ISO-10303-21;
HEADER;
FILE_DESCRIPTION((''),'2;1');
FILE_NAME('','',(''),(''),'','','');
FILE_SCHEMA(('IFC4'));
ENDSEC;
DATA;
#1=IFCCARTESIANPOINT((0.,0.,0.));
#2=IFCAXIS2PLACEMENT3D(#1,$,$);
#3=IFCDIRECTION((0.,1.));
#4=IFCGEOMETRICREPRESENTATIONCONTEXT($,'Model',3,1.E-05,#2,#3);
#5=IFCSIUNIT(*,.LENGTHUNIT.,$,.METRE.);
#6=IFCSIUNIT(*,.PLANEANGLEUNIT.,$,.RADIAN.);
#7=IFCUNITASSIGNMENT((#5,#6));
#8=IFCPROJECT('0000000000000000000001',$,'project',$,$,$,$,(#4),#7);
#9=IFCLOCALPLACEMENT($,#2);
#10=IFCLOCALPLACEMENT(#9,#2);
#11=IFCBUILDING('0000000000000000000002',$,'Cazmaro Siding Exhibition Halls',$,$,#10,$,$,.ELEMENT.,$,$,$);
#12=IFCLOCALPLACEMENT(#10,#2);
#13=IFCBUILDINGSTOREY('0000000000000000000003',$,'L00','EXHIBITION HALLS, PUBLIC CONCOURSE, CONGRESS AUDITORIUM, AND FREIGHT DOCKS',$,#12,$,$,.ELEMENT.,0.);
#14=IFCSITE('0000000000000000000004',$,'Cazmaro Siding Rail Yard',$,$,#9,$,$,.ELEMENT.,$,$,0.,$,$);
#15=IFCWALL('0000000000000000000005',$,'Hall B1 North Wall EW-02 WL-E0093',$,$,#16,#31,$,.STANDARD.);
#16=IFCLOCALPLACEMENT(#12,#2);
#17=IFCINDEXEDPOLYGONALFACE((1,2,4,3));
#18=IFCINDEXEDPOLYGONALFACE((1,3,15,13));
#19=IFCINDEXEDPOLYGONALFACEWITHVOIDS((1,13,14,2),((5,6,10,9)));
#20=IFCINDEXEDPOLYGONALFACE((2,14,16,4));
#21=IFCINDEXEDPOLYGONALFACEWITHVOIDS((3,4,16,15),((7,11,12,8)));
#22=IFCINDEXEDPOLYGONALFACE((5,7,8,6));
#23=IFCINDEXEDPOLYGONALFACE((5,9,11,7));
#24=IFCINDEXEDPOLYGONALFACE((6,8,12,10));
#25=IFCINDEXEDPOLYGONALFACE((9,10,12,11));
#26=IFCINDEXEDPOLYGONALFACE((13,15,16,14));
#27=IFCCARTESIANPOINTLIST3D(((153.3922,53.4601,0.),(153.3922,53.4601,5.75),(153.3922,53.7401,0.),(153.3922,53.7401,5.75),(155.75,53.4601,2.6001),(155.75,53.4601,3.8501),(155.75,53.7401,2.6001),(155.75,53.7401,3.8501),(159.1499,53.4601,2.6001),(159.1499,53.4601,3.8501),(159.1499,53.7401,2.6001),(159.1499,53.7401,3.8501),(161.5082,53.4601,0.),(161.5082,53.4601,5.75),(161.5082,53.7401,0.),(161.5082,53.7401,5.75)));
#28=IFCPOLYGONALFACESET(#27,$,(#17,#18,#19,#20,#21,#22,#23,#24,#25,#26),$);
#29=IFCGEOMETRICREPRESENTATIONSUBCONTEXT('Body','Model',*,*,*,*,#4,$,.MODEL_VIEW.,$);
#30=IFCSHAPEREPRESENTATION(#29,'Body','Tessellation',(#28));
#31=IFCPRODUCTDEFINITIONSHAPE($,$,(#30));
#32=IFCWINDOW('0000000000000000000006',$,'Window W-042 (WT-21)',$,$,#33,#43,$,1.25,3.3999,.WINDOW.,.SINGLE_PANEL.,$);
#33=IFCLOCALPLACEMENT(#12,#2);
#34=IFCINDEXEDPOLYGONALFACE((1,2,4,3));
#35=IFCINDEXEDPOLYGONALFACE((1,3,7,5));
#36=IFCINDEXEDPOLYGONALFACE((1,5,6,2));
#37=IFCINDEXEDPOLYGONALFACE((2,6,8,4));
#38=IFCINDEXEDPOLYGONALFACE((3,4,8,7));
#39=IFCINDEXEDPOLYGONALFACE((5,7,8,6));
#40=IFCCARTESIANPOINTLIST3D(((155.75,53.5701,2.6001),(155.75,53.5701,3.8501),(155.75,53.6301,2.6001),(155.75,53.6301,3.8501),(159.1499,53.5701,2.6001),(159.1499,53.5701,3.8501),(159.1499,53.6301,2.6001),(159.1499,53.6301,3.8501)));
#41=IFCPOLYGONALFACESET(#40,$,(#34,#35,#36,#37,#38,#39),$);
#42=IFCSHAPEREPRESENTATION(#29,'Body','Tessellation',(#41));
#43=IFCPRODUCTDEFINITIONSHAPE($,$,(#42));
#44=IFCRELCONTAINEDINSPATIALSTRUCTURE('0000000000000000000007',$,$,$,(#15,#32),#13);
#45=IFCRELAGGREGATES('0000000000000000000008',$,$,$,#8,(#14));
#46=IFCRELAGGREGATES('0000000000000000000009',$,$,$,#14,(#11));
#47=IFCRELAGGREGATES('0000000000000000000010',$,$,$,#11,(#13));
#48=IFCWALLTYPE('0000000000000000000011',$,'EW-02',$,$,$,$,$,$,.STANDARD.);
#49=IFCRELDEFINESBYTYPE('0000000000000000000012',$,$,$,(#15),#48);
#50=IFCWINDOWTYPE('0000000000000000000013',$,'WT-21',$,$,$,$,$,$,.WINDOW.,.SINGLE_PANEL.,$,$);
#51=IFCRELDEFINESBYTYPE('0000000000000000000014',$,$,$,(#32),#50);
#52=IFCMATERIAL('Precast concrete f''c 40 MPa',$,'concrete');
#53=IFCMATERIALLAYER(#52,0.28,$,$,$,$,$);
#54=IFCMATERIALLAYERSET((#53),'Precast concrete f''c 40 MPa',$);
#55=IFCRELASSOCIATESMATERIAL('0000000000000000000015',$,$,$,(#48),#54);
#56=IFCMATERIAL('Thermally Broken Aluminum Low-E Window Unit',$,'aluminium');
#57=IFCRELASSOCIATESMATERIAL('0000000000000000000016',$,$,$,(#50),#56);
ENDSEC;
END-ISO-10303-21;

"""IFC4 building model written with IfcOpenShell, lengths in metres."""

from ifc_helpers import new_model, si_unit, direction, frame, frame_2d, origin, place, context, subcontext, project, spatial, rectangle, extrude, material, layer, layer_set, type_object, element, fill, save


model = new_model("IFC4")

# Units and contexts
model_context = context("Model", 3, precision=1e-05, world=origin(), true_north=direction((0.0, 1.0)))
body_context = subcontext(model_context, "Body", "Model", "MODEL_VIEW")
ifc_project = project(units=[si_unit("LENGTHUNIT", "METRE"), si_unit("PLANEANGLEUNIT", "RADIAN")], contexts=[model_context])

# Site, building, storey
site_placement = place(None, origin())
site = spatial("IfcSite", under=ifc_project, at=site_placement, Name="Cazmaro Siding Rail Yard", CompositionType="ELEMENT", RefElevation=0.0)
building_placement = place(site_placement, origin())
building = spatial("IfcBuilding", under=site, at=building_placement, Name="Cazmaro Siding Exhibition Halls", CompositionType="ELEMENT")
storey_placement = place(building_placement, origin())
storey = spatial("IfcBuildingStorey", under=building, at=storey_placement, Name="L00", Description="EXHIBITION HALLS, PUBLIC CONCOURSE, CONGRESS AUDITORIUM, AND FREIGHT DOCKS", CompositionType="ELEMENT", Elevation=0.0)

# Wall, opening, window
ifc_material_1 = material(Name="Precast concrete f'c 40 MPa", Category="concrete")
ifc_layer_1 = layer(ifc_material_1, 0.28)
ifc_layer_set_1 = layer_set([ifc_layer_1], Name="Precast concrete f'c 40 MPa")
wall_type = type_object("IfcWallType", Name="EW-02", PredefinedType="STANDARD", material=ifc_layer_set_1)
wall_placement = place(storey_placement, frame((153.3921, 53.6001, 0.0), z_axis=(0.0, 0.0, 1.0), x_axis=(1.0, 0.0, 0.0)))
wall = element("IfcWall", 1, at=wall_placement, inside=storey, type_object=wall_type, Name="Hall B1 North Wall EW-02 WL-E0093", PredefinedType="STANDARD", context=body_context, shape_type="SweptSolid", body=[
    extrude(rectangle(XDim=8.116, YDim=0.28, at=frame_2d((4.0581, 0.0))), origin(), (0.0, 0.0, 1.0), 5.75),
])
opening_placement = place(wall_placement, frame((2.3579, 0.0, 2.6001)))
opening = element("IfcOpeningElement", 2, at=opening_placement, cuts=wall, PredefinedType="OPENING", context=body_context, shape_type="SweptSolid", body=[
    extrude(rectangle(XDim=3.3999, YDim=1.25, at=frame_2d((1.7, 0.625))), frame((0.0, 0.1499, 0.0), z_axis=(0.0, -1.0, 0.0), x_axis=(1.0, 0.0, 0.0)), (0.0, 0.0, 1.0), 0.3),
])
ifc_material_2 = material(Name="Thermally Broken Aluminum Low-E Window Unit", Category="aluminium")
window_type = type_object("IfcWindowType", Name="WT-21", PartitioningType="SINGLE_PANEL", PredefinedType="WINDOW", material=ifc_material_2)
window_placement = place(opening_placement, origin())
window = element("IfcWindow", 3, at=window_placement, inside=storey, type_object=window_type, Name="Window W-042 (WT-21)", OverallHeight=1.25, OverallWidth=3.3999, PartitioningType="SINGLE_PANEL", PredefinedType="WINDOW", context=body_context, shape_type="SweptSolid", body=[
    extrude(rectangle(XDim=3.3999, YDim=1.25, at=frame_2d((1.7, 0.625))), frame((0.0, 0.03, 0.0), z_axis=(0.0, -1.0, 0.0), x_axis=(1.0, 0.0, 0.0)), (0.0, 0.0, 1.0), 0.0601),
])
fill(opening, window)

save(model, "model.ifc")
